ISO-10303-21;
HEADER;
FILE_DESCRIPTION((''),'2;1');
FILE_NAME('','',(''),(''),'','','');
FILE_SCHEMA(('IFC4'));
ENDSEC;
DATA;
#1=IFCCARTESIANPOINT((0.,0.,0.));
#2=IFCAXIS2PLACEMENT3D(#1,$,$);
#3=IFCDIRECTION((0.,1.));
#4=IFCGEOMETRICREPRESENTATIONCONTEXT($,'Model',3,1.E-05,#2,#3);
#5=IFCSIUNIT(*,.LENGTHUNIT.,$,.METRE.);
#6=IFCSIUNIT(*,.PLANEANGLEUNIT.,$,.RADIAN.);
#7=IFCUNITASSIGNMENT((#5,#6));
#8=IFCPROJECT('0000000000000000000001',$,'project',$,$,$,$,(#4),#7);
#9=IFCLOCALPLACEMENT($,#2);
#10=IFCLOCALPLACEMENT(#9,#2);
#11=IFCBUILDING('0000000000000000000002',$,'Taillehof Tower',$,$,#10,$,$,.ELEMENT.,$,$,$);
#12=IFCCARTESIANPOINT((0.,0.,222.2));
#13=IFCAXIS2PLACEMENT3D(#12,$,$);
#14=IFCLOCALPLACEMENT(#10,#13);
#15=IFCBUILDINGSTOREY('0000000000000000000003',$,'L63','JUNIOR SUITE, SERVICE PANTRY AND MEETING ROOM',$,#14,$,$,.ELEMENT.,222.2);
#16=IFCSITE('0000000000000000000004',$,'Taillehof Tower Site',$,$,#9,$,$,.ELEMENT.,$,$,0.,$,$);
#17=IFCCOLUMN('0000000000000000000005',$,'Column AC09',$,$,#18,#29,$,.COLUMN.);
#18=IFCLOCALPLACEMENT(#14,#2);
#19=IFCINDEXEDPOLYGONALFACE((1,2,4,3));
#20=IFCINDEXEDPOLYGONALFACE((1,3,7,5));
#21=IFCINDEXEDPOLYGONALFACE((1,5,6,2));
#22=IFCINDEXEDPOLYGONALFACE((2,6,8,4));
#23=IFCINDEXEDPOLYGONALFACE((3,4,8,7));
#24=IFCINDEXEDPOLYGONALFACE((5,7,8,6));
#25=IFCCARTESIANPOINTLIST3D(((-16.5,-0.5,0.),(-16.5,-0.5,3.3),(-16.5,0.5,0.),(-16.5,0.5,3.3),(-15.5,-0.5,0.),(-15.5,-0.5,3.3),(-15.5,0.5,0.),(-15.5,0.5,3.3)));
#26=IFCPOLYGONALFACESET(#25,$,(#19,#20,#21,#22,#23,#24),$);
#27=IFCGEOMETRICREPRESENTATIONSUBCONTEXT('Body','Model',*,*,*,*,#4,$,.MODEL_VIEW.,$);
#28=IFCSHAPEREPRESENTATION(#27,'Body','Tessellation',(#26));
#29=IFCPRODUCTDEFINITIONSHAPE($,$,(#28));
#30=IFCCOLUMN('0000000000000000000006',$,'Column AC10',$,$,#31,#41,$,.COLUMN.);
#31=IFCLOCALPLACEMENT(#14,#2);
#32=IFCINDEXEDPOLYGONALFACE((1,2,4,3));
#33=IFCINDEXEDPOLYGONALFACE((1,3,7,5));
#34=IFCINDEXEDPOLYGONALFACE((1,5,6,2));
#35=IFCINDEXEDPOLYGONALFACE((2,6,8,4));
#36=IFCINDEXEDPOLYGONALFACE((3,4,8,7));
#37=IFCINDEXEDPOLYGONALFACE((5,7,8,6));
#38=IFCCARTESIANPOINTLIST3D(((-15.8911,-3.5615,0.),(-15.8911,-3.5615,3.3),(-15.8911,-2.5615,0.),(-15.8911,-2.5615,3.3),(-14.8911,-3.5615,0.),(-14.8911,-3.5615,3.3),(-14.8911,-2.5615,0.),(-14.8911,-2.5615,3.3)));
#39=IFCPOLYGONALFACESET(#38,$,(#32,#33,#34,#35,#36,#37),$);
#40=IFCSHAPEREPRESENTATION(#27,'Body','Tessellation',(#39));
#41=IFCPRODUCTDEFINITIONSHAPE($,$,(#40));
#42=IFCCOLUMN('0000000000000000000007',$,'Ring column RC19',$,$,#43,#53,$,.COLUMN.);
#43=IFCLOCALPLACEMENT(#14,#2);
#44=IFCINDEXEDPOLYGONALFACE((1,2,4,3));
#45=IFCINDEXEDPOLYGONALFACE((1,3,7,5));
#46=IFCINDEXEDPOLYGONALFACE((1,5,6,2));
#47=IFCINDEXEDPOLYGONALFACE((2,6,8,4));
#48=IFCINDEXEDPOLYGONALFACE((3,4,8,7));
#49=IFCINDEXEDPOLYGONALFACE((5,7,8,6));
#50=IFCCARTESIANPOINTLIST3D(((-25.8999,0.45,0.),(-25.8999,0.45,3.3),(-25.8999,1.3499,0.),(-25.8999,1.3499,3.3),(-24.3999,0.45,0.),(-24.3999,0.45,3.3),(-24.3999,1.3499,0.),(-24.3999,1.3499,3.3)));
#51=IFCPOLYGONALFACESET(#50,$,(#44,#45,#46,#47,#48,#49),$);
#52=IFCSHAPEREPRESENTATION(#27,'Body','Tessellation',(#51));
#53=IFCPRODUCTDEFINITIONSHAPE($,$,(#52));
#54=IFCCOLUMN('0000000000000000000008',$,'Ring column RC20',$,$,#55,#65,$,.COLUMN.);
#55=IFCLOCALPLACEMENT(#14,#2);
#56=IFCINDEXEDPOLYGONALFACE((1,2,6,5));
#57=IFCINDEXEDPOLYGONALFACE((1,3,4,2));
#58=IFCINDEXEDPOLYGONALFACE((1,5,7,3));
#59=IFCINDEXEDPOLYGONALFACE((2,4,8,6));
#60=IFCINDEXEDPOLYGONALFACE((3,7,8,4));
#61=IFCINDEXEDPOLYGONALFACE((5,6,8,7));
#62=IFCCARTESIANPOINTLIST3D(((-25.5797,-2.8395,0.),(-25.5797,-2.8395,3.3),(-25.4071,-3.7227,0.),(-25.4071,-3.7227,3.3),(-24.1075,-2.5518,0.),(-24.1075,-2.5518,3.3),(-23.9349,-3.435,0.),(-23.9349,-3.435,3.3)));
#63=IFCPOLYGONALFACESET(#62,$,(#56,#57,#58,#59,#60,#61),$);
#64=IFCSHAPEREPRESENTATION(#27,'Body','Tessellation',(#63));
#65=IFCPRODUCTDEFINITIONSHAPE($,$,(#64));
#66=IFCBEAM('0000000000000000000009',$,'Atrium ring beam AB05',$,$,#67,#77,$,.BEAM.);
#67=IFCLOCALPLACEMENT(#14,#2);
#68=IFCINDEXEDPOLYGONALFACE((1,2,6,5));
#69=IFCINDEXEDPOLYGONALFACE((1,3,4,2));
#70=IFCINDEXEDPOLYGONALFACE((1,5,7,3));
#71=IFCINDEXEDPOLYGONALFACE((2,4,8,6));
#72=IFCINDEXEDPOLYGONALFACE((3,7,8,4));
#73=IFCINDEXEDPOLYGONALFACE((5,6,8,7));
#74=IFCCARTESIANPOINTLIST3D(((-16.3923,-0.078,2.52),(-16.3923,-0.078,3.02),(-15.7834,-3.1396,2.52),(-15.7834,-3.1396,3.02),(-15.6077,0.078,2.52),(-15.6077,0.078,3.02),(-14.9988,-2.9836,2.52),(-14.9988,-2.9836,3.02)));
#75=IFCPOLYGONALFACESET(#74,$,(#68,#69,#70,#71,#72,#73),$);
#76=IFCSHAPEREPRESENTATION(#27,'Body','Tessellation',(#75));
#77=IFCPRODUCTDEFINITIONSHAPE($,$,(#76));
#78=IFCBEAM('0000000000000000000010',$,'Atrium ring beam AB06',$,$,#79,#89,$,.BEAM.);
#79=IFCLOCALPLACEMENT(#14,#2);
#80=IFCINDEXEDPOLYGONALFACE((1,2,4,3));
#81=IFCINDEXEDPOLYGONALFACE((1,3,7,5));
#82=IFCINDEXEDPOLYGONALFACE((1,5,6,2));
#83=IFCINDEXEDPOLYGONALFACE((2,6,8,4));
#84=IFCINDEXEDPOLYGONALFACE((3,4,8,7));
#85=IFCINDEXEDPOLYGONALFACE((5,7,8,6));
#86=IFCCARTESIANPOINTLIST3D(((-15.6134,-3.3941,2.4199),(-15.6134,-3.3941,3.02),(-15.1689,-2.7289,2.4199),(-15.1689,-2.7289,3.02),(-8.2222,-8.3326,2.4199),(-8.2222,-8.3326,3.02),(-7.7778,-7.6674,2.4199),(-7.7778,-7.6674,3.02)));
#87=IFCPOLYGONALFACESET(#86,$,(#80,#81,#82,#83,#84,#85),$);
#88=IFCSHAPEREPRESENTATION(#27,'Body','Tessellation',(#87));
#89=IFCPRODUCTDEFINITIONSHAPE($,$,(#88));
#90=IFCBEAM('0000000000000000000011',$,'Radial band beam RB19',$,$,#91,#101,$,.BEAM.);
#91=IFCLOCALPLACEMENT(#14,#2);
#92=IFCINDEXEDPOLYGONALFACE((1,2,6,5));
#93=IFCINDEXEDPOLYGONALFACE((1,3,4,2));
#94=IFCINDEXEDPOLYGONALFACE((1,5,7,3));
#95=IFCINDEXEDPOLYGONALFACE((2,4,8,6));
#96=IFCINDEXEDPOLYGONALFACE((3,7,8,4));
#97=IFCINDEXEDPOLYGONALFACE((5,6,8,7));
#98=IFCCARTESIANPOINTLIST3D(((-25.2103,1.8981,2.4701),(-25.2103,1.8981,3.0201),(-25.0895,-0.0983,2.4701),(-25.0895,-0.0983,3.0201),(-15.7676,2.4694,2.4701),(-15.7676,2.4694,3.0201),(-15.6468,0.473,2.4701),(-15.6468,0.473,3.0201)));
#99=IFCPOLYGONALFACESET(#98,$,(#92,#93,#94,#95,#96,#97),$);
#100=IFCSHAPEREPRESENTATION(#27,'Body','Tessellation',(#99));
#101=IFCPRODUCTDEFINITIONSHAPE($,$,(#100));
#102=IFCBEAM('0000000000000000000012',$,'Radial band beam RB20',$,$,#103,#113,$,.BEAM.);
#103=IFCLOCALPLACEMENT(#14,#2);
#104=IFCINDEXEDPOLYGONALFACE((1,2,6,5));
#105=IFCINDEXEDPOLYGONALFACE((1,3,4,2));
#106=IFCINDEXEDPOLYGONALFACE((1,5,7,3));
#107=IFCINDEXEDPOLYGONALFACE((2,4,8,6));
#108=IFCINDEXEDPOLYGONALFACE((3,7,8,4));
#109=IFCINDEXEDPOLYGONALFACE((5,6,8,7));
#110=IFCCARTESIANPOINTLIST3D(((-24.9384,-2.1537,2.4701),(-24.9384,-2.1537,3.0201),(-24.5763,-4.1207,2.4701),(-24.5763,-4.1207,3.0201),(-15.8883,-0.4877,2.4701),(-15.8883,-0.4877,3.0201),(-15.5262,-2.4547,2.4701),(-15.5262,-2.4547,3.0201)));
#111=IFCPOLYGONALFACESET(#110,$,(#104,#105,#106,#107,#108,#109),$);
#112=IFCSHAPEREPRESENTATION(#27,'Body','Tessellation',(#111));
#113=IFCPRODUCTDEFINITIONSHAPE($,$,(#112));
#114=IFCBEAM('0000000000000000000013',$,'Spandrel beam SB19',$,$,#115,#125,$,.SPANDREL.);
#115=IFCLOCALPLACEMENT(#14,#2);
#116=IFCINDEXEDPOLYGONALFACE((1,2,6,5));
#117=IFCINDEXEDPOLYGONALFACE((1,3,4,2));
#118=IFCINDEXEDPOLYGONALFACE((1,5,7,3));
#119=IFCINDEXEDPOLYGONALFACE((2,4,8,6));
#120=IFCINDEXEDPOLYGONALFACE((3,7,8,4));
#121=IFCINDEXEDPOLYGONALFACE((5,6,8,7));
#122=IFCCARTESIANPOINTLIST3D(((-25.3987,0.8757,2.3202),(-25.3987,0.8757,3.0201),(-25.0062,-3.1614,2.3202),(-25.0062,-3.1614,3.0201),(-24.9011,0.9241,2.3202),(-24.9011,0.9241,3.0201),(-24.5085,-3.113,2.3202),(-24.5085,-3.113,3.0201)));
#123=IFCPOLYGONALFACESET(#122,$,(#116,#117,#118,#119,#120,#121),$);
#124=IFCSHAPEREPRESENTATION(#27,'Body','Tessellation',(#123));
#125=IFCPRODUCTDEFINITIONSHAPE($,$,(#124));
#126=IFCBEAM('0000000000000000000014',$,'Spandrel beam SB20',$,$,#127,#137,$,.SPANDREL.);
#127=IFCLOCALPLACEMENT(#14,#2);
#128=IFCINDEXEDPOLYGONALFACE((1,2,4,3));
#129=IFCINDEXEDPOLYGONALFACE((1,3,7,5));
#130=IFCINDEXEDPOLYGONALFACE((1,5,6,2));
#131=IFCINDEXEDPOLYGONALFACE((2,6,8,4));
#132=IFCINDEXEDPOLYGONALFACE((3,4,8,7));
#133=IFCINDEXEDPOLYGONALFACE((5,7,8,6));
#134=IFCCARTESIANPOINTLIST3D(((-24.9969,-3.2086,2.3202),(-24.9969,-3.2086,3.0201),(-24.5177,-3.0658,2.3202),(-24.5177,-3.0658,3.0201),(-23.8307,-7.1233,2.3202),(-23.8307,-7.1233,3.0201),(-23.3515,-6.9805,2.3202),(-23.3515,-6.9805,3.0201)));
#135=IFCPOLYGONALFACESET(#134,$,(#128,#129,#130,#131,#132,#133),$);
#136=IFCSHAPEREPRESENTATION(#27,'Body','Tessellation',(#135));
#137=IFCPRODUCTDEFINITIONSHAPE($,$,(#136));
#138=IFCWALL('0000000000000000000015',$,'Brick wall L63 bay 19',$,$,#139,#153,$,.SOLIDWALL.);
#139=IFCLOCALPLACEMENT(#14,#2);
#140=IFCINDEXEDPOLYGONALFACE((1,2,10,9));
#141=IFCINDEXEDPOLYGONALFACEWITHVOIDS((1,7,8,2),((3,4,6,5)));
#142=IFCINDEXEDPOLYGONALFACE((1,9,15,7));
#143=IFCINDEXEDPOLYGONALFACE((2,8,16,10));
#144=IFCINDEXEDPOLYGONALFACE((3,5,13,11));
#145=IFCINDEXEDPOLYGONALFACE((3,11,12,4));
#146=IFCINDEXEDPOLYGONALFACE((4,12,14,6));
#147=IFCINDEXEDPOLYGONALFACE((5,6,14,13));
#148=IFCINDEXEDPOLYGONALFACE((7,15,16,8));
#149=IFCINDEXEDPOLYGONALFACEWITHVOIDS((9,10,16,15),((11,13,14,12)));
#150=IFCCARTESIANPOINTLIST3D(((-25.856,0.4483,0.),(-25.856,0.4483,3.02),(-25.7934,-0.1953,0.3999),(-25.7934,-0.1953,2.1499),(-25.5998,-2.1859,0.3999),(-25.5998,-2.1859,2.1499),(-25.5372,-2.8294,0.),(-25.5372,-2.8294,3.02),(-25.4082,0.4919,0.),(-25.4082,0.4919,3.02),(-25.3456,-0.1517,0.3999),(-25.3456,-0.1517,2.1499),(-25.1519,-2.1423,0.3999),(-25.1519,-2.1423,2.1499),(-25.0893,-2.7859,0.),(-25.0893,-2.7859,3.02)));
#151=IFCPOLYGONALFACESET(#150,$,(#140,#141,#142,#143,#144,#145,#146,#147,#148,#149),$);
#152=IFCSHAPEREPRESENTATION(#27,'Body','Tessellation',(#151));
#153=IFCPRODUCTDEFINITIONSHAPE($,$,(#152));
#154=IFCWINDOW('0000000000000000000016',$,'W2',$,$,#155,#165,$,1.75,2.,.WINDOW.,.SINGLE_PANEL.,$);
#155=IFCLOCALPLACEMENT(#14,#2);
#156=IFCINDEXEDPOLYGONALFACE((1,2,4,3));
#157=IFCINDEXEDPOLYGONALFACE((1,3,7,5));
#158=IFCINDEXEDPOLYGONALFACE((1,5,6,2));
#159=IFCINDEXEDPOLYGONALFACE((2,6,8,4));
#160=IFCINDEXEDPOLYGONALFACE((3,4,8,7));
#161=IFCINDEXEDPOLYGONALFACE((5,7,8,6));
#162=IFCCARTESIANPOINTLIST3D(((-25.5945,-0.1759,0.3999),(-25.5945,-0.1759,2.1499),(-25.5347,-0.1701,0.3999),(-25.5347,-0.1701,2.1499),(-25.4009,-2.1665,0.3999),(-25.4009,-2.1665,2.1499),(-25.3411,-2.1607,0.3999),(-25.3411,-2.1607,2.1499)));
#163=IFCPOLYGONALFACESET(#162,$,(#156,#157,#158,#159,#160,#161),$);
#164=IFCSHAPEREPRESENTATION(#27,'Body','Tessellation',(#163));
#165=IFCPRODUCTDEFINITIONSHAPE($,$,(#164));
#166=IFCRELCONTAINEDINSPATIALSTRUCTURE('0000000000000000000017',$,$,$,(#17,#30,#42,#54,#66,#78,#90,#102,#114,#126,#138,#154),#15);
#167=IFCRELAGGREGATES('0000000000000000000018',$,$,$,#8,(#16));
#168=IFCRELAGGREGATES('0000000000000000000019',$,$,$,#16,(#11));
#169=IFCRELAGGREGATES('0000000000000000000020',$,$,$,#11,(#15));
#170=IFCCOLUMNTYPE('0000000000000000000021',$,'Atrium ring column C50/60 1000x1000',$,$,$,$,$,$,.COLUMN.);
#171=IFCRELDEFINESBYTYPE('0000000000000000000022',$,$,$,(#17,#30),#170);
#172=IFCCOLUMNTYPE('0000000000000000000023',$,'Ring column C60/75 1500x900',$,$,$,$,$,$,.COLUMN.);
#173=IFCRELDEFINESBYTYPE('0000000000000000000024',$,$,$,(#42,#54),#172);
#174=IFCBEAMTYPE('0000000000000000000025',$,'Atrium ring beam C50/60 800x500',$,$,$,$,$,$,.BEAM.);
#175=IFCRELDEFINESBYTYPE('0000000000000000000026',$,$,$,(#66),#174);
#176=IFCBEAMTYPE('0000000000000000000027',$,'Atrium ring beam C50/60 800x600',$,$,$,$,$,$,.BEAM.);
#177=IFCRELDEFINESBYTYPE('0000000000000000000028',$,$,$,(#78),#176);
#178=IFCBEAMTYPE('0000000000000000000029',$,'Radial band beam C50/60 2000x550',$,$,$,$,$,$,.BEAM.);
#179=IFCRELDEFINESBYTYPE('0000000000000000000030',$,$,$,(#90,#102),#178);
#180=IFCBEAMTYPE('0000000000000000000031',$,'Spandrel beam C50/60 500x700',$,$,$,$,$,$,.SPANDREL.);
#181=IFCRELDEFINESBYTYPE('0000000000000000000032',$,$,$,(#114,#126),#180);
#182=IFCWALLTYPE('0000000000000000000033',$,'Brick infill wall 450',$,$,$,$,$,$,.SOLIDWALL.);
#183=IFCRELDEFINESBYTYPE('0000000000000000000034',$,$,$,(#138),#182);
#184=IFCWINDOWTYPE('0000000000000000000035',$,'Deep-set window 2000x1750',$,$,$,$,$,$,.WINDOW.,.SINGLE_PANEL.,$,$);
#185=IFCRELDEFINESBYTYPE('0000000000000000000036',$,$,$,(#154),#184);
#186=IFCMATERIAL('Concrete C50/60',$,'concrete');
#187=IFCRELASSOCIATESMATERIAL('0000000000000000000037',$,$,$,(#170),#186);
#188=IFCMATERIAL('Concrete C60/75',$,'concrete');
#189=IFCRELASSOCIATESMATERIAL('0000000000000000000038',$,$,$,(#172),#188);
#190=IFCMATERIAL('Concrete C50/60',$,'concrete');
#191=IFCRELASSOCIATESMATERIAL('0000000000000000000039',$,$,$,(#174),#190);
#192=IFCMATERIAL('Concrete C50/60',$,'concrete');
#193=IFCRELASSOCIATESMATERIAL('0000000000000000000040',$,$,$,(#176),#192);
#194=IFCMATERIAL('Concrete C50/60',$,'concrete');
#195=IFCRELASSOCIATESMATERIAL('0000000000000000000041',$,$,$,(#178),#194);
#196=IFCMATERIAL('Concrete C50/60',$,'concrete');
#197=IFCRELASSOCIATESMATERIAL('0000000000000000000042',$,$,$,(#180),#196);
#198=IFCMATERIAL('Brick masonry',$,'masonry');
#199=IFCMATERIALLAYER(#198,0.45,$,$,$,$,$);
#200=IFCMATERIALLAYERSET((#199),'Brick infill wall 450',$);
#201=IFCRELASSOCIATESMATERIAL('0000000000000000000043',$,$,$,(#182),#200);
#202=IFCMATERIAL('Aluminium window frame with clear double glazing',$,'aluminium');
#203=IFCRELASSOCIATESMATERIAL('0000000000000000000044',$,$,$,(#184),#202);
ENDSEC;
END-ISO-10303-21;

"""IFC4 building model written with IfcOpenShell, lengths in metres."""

from ifc_helpers import new_model, si_unit, direction, frame, frame_2d, origin, origin_2d, place, context, subcontext, project, spatial, rectangle, extrude, material, layer, layer_set, material_profile, profile_set, type_object, element, fill, save


model = new_model("IFC4")

# Units and contexts
model_context = context("Model", 3, precision=1e-05, world=origin(), true_north=direction((0.0, 1.0)))
body_context = subcontext(model_context, "Body", "Model", "MODEL_VIEW")
ifc_project = project(units=[si_unit("LENGTHUNIT", "METRE"), si_unit("PLANEANGLEUNIT", "RADIAN")], contexts=[model_context])

# Site, building, storey
site_placement = place(None, origin())
site = spatial("IfcSite", under=ifc_project, at=site_placement, Name="Taillehof Tower Site", CompositionType="ELEMENT", RefElevation=0.0)
building_placement = place(site_placement, origin())
building = spatial("IfcBuilding", under=site, at=building_placement, Name="Taillehof Tower", CompositionType="ELEMENT")
storey_placement = place(building_placement, frame((0.0, 0.0, 222.2)))
storey = spatial("IfcBuildingStorey", under=building, at=storey_placement, Name="L63", Description="JUNIOR SUITE, SERVICE PANTRY AND MEETING ROOM", CompositionType="ELEMENT", Elevation=222.2)

# Columns
ifc_material_1 = material(Name="Concrete C50/60", Category="concrete")
ifc_material_profile_1 = material_profile(ifc_material_1, rectangle(XDim=1.0, YDim=1.0, at=origin_2d()), Name="RC 1000x1000")
ifc_profile_set_1 = profile_set([ifc_material_profile_1], Name="Concrete C50/60")
column_type_1 = type_object("IfcColumnType", Name="Atrium ring column C50/60 1000x1000", PredefinedType="COLUMN", material=ifc_profile_set_1)
for number, where, z_axis, x_axis, name in (
    (1, (-16.0, 0.0, 0.0), (0.0, 0.0, 1.0), (1.0, 0.0, 0.0), "Column AC09"),
    (2, (-15.3911, -3.0615, 0.0), (0.0, 0.0, 1.0), (1.0, 0.0, 0.0), "Column AC10"),
):
    element("IfcColumn", number, at=place(storey_placement, frame(where, z_axis=z_axis, x_axis=x_axis)), inside=storey, type_object=column_type_1, Name=name, PredefinedType="COLUMN", context=body_context, shape_type="SweptSolid", body=[
        extrude(rectangle(XDim=1.0, YDim=1.0, at=origin_2d()), origin(), (0.0, 0.0, 1.0), 3.3),
    ])
ifc_material_2 = material(Name="Concrete C60/75", Category="concrete")
ifc_material_profile_2 = material_profile(ifc_material_2, rectangle(XDim=1.5, YDim=0.8999, at=origin_2d()), Name="RC 1500x900")
ifc_profile_set_2 = profile_set([ifc_material_profile_2], Name="Concrete C60/75")
column_type_2 = type_object("IfcColumnType", Name="Ring column C60/75 1500x900", PredefinedType="COLUMN", material=ifc_profile_set_2)
for number, where, z_axis, x_axis, name in (
    (3, (-25.1499, 0.8999, 0.0), (0.0, 0.0, 1.0), (-1.0, 0.0, 0.0), "Ring column RC19"),
    (4, (-24.7573, -3.1372, 0.0), (0.0, 0.0, 1.0), (-0.981434, -0.191801, 0.0), "Ring column RC20"),
):
    element("IfcColumn", number, at=place(storey_placement, frame(where, z_axis=z_axis, x_axis=x_axis)), inside=storey, type_object=column_type_2, Name=name, PredefinedType="COLUMN", context=body_context, shape_type="SweptSolid", body=[
        extrude(rectangle(XDim=1.5, YDim=0.8999, at=origin_2d()), origin(), (0.0, 0.0, 1.0), 3.3),
    ])

# Beams
ifc_material_3 = material(Name="Concrete C50/60", Category="concrete")
ifc_material_profile_3 = material_profile(ifc_material_3, rectangle(XDim=0.8, YDim=0.5, at=origin_2d()), Name="RC 800x500")
ifc_profile_set_3 = profile_set([ifc_material_profile_3], Name="Concrete C50/60")
beam_type_1 = type_object("IfcBeamType", Name="Atrium ring beam C50/60 800x500", PredefinedType="BEAM", material=ifc_profile_set_3)
beam_1_placement = place(storey_placement, frame((-16.0, 0.0, 2.77), z_axis=(0.195063, -0.980791, 0.0), x_axis=(0.980791, 0.195063, 0.0)))
element("IfcBeam", 5, at=beam_1_placement, inside=storey, type_object=beam_type_1, Name="Atrium ring beam AB05", PredefinedType="BEAM", context=body_context, shape_type="SweptSolid", body=[
    extrude(rectangle(XDim=0.8, YDim=0.5, at=origin_2d()), origin(), (0.0, 0.0, 1.0), 3.1216),
])
ifc_material_4 = material(Name="Concrete C50/60", Category="concrete")
ifc_material_profile_4 = material_profile(ifc_material_4, rectangle(XDim=0.8, YDim=0.6001, at=origin_2d()), Name="RC 800x600")
ifc_profile_set_4 = profile_set([ifc_material_profile_4], Name="Concrete C50/60")
beam_type_2 = type_object("IfcBeamType", Name="Atrium ring beam C50/60 800x600", PredefinedType="BEAM", material=ifc_profile_set_4)
beam_2_placement = place(storey_placement, frame((-15.3911, -3.0615, 2.72), z_axis=(0.831475, -0.555562, 0.0), x_axis=(0.555562, 0.831475, 0.0)))
element("IfcBeam", 6, at=beam_2_placement, inside=storey, type_object=beam_type_2, Name="Atrium ring beam AB06", PredefinedType="BEAM", context=body_context, shape_type="SweptSolid", body=[
    extrude(rectangle(XDim=0.8, YDim=0.6001, at=origin_2d()), origin(), (0.0, 0.0, 1.0), 8.8892),
])
ifc_material_5 = material(Name="Concrete C50/60", Category="concrete")
ifc_material_profile_5 = material_profile(ifc_material_5, rectangle(XDim=2.0, YDim=0.55, at=origin_2d()), Name="RC 2000x550")
ifc_profile_set_5 = profile_set([ifc_material_profile_5], Name="Concrete C50/60")
beam_type_3 = type_object("IfcBeamType", Name="Radial band beam C50/60 2000x550", PredefinedType="BEAM", material=ifc_profile_set_5)
beam_3_placement = place(storey_placement, frame((-25.1499, 0.8999, 2.7451), z_axis=(0.998175, 0.060391, 0.0), x_axis=(-0.060391, 0.998175, 0.0)))
element("IfcBeam", 7, at=beam_3_placement, inside=storey, type_object=beam_type_3, Name="Radial band beam RB19", PredefinedType="BEAM", context=body_context, shape_type="SweptSolid", body=[
    extrude(rectangle(XDim=2.0, YDim=0.55, at=origin_2d()), origin(), (0.0, 0.0, 1.0), 9.46),
])
beam_4_placement = place(storey_placement, frame((-24.7573, -3.1372, 2.7451), z_axis=(0.983474, 0.181047, 0.0), x_axis=(-0.181047, 0.983474, 0.0)))
element("IfcBeam", 8, at=beam_4_placement, inside=storey, type_object=beam_type_3, Name="Radial band beam RB20", PredefinedType="BEAM", context=body_context, shape_type="SweptSolid", body=[
    extrude(rectangle(XDim=2.0, YDim=0.55, at=origin_2d()), origin(), (0.0, 0.0, 1.0), 9.2021),
])
ifc_material_6 = material(Name="Concrete C50/60", Category="concrete")
ifc_material_profile_6 = material_profile(ifc_material_6, rectangle(XDim=0.5, YDim=0.7, at=origin_2d()), Name="RC 500x700")
ifc_profile_set_6 = profile_set([ifc_material_profile_6], Name="Concrete C50/60")
beam_type_4 = type_object("IfcBeamType", Name="Spandrel beam C50/60 500x700", PredefinedType="SPANDREL", material=ifc_profile_set_6)
beam_5_placement = place(storey_placement, frame((-25.1499, 0.8999, 2.6702), z_axis=(0.096786, -0.995305, 0.0), x_axis=(0.995305, 0.096786, 0.0)))
element("IfcBeam", 9, at=beam_5_placement, inside=storey, type_object=beam_type_4, Name="Spandrel beam SB19", PredefinedType="SPANDREL", context=body_context, shape_type="SweptSolid", body=[
    extrude(rectangle(XDim=0.5, YDim=0.7, at=origin_2d()), origin(), (0.0, 0.0, 1.0), 4.0562),
])
beam_6_placement = place(storey_placement, frame((-24.7573, -3.1372, 2.6702), z_axis=(0.28551, -0.958376, 0.0), x_axis=(0.958376, 0.28551, 0.0)))
element("IfcBeam", 10, at=beam_6_placement, inside=storey, type_object=beam_type_4, Name="Spandrel beam SB20", PredefinedType="SPANDREL", context=body_context, shape_type="SweptSolid", body=[
    extrude(rectangle(XDim=0.5, YDim=0.7, at=origin_2d()), origin(), (0.0, 0.0, 1.0), 4.0847),
])

# Wall, opening, window
ifc_material_7 = material(Name="Brick masonry", Category="masonry")
ifc_layer_1 = layer(ifc_material_7, 0.45)
ifc_layer_set_1 = layer_set([ifc_layer_1], Name="Brick infill wall 450")
wall_type_1 = type_object("IfcWallType", Name="Brick infill wall 450", PredefinedType="SOLIDWALL", material=ifc_layer_set_1)
wall_1_placement = place(storey_placement, frame((-25.6321, 0.47, 0.0), z_axis=(0.0, 0.0, 1.0), x_axis=(0.096817, -0.995302, 0.0)))
wall_1 = element("IfcWall", 11, at=wall_1_placement, inside=storey, type_object=wall_type_1, Name="Brick wall L63 bay 19", PredefinedType="SOLIDWALL", context=body_context, shape_type="SweptSolid", body=[
    extrude(rectangle(XDim=3.2932, YDim=0.45, at=frame_2d((1.6465, 0.0))), origin(), (0.0, 0.0, 1.0), 3.02),
])
opening_1_placement = place(wall_1_placement, frame((0.6465, 0.0, 0.3999)))
opening_1 = element("IfcOpeningElement", 12, at=opening_1_placement, cuts=wall_1, PredefinedType="OPENING", context=body_context, shape_type="SweptSolid", body=[
    extrude(rectangle(XDim=2.0, YDim=1.75, at=frame_2d((1.0, 0.875))), frame((0.0, 0.2349, 0.0), z_axis=(0.0, -1.0, 0.0), x_axis=(1.0, 0.0, 0.0)), (0.0, 0.0, 1.0), 0.47),
])
ifc_material_8 = material(Name="Aluminium window frame with clear double glazing", Category="aluminium")
window_type_1 = type_object("IfcWindowType", Name="Deep-set window 2000x1750", PartitioningType="SINGLE_PANEL", PredefinedType="WINDOW", material=ifc_material_8)
window_1_placement = place(opening_1_placement, origin())
window_1 = element("IfcWindow", 13, at=window_1_placement, inside=storey, type_object=window_type_1, Name="W2", OverallHeight=1.75, OverallWidth=2.0, PartitioningType="SINGLE_PANEL", PredefinedType="WINDOW", context=body_context, shape_type="SweptSolid", body=[
    extrude(rectangle(XDim=2.0, YDim=1.75, at=frame_2d((1.0, 0.875))), frame((0.0, 0.0349, 0.0), z_axis=(0.0, -1.0, 0.0), x_axis=(1.0, 0.0, 0.0)), (0.0, 0.0, 1.0), 0.0601),
])
fill(opening_1, window_1)

save(model, "model.ifc")
